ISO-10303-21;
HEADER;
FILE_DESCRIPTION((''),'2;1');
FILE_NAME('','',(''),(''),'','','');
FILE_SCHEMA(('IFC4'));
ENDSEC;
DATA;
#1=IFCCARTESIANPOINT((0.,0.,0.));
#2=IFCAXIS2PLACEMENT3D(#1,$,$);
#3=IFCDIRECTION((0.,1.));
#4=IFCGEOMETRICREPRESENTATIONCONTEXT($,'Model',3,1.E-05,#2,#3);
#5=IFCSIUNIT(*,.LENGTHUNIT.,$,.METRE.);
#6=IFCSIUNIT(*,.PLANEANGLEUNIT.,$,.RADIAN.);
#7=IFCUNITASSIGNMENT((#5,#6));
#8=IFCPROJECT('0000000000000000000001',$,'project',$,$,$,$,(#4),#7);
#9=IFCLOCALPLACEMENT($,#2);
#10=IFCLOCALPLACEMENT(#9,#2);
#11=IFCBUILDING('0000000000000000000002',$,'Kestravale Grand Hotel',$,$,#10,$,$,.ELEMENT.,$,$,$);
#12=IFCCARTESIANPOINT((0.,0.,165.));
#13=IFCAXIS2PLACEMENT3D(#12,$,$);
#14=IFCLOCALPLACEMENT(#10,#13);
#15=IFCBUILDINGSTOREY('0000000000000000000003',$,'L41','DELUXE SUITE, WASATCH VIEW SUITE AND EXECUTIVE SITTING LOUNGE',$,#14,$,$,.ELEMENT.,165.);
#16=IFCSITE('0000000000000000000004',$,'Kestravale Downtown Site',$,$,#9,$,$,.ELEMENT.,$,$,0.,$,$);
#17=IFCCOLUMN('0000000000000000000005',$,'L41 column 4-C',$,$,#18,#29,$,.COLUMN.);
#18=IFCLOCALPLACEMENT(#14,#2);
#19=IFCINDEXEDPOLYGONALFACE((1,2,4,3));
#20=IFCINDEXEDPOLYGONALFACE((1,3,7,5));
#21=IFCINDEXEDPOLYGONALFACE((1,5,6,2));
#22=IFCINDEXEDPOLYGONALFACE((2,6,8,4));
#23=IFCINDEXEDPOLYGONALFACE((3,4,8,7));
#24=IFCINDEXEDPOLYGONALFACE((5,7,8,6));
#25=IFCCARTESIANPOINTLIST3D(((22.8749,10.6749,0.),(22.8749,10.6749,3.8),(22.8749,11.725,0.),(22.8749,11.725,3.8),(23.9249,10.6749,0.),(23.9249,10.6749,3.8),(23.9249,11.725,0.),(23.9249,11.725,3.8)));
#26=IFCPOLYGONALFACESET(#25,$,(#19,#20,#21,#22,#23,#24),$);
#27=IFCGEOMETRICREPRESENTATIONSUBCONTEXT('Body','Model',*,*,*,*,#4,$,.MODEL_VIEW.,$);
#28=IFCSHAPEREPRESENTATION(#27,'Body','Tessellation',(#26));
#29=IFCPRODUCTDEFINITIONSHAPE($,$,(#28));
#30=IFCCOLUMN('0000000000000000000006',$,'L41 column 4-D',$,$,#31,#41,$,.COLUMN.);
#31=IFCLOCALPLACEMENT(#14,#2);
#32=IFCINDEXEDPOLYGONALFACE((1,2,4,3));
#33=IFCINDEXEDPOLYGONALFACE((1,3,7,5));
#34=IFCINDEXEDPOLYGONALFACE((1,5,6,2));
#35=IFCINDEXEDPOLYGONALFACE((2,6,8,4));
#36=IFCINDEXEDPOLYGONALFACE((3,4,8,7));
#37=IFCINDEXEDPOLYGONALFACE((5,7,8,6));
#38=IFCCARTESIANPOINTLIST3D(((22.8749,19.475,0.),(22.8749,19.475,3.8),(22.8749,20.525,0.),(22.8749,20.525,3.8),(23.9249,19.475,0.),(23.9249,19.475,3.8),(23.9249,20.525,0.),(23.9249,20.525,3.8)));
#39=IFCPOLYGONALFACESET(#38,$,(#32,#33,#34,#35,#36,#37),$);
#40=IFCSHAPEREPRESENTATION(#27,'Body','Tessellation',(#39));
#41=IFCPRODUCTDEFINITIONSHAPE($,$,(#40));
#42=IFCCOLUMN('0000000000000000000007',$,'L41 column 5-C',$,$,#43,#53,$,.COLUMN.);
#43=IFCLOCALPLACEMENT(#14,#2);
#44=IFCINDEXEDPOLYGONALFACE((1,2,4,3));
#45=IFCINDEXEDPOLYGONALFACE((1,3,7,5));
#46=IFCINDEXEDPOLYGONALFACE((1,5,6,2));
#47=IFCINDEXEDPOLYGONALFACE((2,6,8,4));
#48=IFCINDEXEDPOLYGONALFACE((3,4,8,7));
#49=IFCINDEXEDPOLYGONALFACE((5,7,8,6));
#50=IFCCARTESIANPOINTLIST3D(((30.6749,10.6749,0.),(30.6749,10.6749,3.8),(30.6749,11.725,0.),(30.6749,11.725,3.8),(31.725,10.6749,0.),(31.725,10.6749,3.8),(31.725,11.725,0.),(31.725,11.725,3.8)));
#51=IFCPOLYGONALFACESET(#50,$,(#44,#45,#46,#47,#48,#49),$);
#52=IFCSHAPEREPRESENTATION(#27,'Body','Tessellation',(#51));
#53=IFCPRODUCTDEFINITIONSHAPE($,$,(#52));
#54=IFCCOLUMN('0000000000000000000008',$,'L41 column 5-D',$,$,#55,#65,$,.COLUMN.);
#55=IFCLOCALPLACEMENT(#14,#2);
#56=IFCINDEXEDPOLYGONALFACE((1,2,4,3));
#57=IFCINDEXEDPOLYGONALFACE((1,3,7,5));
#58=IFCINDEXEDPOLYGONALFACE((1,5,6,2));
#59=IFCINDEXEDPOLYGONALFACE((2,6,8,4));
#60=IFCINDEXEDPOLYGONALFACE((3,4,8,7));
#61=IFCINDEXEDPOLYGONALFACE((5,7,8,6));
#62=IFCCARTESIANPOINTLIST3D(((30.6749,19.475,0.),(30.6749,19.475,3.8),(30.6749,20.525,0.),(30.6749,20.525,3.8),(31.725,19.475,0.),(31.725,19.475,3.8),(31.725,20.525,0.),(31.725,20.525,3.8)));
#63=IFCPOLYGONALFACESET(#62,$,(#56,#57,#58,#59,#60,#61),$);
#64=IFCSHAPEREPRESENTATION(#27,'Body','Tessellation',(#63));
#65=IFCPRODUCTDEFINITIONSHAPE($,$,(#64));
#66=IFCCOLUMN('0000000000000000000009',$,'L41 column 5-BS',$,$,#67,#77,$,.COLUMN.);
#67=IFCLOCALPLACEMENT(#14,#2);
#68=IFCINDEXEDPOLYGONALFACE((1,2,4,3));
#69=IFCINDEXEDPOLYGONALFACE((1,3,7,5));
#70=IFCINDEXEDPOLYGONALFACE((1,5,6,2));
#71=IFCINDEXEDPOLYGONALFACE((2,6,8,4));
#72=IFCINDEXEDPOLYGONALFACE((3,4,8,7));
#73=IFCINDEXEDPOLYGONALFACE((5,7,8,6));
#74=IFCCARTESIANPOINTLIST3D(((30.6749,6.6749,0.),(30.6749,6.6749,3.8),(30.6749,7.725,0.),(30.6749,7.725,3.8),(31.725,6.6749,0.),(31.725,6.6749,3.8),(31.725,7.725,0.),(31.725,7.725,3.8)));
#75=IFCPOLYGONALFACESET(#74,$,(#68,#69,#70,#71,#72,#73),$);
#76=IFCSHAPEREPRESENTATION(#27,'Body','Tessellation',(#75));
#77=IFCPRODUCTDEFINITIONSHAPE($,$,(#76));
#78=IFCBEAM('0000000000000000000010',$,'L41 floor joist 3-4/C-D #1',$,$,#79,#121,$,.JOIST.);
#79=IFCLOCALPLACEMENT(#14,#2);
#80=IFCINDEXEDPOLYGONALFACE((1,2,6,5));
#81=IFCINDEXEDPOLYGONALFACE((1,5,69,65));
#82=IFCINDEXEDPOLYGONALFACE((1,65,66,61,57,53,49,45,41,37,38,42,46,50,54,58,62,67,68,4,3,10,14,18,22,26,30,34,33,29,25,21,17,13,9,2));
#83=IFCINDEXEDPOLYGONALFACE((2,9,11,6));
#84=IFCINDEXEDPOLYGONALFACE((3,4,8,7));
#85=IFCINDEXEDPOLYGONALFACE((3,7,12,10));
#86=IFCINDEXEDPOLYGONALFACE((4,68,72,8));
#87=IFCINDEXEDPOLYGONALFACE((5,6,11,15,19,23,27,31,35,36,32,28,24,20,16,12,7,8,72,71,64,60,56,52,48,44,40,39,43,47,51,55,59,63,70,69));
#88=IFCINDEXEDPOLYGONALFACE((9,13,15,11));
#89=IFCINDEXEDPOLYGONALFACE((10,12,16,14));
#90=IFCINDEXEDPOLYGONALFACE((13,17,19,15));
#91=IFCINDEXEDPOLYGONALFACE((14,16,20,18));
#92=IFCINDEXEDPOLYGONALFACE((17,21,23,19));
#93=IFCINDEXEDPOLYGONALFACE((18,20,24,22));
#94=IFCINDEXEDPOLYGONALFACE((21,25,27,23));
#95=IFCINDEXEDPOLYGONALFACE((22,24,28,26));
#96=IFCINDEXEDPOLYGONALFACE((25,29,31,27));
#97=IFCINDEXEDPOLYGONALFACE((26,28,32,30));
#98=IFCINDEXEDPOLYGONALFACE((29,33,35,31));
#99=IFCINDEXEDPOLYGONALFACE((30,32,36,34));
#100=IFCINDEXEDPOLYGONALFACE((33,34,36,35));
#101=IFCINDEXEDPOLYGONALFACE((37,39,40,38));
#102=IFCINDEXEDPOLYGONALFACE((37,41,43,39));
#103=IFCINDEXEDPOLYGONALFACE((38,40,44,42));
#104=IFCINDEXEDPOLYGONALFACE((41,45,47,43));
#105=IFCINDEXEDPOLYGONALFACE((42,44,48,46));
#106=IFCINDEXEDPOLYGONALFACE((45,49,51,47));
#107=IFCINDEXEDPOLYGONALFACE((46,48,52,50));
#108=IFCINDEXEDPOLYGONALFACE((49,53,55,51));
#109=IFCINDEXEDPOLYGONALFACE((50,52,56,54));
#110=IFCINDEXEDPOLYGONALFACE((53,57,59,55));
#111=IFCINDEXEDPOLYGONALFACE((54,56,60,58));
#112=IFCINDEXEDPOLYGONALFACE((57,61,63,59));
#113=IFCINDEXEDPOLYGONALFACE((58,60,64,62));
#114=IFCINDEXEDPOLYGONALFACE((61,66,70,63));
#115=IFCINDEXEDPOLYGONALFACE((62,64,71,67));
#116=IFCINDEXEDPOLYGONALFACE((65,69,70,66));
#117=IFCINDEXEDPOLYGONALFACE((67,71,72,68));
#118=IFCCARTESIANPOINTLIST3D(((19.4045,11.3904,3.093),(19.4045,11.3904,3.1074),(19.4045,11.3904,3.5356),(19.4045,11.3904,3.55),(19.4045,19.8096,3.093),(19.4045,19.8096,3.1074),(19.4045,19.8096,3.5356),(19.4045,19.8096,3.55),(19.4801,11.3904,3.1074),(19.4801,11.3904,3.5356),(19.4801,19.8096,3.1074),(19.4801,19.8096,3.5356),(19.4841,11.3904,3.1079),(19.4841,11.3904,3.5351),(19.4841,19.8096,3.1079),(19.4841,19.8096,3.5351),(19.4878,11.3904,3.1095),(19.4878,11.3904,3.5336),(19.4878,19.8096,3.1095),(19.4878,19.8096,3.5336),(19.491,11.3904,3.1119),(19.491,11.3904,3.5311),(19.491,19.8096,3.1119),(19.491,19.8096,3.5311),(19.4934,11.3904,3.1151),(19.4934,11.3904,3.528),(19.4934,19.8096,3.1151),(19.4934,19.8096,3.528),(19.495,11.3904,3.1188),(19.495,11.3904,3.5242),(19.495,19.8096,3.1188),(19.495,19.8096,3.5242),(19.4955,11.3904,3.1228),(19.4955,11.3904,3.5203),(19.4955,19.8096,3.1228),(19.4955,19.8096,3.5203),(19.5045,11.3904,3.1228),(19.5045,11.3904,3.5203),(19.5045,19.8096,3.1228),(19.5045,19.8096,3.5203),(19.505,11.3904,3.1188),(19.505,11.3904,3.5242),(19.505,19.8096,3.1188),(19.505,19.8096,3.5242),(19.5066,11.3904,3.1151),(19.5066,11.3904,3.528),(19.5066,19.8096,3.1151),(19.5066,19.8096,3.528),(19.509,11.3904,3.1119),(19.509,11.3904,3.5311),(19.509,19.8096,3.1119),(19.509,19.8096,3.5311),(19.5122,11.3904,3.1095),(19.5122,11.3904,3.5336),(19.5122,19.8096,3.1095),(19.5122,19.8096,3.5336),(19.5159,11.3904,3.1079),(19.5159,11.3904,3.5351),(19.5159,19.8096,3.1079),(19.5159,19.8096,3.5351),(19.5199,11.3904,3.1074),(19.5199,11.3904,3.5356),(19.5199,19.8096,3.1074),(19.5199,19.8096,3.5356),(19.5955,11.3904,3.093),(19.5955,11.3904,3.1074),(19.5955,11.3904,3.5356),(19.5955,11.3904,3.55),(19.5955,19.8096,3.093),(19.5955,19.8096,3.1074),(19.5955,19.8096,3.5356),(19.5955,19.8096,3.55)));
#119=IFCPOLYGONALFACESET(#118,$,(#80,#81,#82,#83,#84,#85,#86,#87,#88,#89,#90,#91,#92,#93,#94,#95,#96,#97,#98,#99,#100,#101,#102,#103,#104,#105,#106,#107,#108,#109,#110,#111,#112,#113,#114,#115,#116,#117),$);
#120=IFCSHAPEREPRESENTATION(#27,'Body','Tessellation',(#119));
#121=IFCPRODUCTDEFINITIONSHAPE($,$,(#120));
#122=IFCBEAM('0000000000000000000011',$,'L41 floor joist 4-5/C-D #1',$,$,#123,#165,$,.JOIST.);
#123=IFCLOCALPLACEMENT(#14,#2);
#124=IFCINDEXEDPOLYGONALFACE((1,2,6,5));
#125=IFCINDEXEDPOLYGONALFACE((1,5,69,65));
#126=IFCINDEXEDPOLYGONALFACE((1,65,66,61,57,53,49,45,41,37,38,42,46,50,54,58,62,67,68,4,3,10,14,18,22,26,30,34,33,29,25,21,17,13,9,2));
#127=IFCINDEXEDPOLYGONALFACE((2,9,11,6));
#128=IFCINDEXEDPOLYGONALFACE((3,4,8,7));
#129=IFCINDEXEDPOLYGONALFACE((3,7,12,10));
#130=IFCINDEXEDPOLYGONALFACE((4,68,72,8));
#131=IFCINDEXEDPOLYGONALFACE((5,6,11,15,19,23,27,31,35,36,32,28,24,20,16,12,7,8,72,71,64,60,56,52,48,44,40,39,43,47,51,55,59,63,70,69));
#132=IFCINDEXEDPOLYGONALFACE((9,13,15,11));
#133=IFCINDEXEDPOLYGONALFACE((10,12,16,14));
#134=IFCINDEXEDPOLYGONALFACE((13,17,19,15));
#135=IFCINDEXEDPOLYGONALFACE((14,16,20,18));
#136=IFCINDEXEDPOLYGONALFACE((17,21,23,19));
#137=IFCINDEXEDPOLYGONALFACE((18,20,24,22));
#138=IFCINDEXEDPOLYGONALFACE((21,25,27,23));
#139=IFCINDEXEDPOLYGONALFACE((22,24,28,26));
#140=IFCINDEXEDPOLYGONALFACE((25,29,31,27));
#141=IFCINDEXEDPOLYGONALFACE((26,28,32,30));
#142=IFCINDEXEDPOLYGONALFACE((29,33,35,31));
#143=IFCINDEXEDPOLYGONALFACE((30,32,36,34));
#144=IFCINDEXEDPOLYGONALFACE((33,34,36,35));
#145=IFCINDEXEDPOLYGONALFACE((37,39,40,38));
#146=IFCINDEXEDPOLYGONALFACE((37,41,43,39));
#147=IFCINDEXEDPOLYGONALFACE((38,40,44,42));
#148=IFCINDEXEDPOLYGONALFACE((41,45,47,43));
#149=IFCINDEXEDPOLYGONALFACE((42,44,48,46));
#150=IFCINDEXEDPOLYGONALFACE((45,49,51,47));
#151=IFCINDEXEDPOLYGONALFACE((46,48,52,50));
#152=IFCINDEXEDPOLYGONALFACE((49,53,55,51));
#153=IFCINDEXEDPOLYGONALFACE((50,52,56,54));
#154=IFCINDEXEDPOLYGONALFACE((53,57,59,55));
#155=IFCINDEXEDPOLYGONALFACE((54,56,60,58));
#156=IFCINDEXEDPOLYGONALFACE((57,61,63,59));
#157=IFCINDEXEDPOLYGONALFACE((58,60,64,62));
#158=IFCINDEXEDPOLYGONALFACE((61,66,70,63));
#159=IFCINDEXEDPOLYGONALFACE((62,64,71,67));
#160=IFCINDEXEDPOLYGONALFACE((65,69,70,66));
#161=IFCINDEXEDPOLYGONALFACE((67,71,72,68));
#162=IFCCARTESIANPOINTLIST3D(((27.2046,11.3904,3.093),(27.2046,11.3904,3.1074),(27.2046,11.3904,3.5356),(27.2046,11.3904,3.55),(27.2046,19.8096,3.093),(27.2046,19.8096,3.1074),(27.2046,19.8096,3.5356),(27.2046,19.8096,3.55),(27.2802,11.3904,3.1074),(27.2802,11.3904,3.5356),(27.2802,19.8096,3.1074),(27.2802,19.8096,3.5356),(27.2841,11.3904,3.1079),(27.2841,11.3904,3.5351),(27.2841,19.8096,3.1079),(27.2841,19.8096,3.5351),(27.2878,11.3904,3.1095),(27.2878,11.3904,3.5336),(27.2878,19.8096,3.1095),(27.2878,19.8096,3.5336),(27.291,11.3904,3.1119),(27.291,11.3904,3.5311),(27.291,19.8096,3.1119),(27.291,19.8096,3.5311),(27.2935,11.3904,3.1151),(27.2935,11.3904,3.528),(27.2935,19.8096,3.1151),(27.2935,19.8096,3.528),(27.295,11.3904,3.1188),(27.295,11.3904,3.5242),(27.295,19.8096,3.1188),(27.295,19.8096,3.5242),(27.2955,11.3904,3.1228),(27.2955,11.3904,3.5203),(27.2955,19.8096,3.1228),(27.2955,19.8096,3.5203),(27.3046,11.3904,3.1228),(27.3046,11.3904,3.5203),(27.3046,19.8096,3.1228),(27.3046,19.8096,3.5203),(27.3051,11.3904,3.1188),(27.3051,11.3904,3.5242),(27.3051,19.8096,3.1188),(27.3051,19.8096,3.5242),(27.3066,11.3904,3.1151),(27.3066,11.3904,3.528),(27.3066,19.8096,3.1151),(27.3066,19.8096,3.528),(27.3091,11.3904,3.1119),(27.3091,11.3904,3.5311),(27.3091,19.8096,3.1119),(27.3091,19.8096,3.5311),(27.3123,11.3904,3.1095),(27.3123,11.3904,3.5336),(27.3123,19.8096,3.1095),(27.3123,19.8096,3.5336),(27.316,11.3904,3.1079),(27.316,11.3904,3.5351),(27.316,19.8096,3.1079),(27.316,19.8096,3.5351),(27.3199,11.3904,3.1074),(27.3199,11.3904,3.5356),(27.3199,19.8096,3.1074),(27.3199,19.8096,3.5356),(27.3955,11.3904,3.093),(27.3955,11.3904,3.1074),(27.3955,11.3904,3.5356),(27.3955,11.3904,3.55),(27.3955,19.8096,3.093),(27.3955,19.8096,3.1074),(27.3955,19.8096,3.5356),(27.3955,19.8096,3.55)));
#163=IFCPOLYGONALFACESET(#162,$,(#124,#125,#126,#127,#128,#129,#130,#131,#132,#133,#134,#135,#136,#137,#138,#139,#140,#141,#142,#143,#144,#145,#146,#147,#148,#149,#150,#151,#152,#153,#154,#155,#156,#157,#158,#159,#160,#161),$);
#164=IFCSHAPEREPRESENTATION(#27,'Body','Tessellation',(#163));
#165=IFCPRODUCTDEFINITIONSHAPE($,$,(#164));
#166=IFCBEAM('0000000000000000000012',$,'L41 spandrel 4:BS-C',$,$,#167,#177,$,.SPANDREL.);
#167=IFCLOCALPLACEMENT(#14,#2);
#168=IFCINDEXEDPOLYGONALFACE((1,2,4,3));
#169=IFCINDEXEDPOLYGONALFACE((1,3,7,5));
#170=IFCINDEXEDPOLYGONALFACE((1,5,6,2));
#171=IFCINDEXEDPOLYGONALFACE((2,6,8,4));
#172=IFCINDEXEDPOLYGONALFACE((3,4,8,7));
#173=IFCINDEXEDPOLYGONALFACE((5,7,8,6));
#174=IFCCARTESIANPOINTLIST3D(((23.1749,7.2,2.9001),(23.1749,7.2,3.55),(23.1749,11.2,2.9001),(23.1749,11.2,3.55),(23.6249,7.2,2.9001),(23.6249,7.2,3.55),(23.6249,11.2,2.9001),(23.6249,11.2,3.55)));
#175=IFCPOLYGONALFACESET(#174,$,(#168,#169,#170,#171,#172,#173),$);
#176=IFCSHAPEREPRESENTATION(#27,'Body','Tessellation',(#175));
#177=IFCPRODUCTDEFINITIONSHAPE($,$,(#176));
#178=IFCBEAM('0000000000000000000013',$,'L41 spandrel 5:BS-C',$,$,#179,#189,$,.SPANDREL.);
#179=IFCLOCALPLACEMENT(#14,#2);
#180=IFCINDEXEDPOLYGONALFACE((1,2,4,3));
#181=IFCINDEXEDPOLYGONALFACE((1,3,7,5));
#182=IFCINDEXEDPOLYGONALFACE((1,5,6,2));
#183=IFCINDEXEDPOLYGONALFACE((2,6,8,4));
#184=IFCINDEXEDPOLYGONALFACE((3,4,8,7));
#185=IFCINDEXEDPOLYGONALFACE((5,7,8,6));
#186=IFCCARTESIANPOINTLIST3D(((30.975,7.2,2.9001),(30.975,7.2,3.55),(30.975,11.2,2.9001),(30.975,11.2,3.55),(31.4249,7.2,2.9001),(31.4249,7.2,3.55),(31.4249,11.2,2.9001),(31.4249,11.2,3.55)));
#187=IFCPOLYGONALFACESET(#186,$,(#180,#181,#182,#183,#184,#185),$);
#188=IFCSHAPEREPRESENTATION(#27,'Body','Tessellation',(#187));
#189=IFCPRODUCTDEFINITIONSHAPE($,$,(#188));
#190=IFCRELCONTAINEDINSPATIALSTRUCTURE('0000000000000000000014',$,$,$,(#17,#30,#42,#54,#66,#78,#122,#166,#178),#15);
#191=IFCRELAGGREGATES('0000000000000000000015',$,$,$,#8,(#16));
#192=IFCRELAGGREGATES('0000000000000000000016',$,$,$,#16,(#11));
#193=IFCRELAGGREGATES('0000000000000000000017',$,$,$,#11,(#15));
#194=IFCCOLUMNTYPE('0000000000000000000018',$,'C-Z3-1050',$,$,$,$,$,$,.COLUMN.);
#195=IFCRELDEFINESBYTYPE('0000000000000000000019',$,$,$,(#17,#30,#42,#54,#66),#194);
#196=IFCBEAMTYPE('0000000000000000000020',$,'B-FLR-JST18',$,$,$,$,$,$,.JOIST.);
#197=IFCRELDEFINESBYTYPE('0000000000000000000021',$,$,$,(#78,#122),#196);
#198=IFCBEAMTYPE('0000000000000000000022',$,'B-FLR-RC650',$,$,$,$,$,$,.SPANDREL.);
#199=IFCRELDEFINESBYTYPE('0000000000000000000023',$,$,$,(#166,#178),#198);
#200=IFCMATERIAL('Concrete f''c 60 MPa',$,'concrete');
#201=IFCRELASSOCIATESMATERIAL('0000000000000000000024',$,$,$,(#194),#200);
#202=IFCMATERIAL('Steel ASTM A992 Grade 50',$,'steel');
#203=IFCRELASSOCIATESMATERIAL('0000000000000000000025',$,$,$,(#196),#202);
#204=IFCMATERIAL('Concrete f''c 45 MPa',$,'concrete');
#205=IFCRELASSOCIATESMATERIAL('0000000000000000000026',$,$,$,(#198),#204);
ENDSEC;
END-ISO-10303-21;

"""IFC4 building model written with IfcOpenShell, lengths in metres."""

from ifc_helpers import new_model, si_unit, direction, frame, origin, origin_2d, place, context, subcontext, project, spatial, rectangle, i_section, extrude, material, material_profile, profile_set, type_object, element, save


model = new_model("IFC4")

# Units and contexts
model_context = context("Model", 3, precision=1e-05, world=origin(), true_north=direction((0.0, 1.0)))
body_context = subcontext(model_context, "Body", "Model", "MODEL_VIEW")
ifc_project = project(units=[si_unit("LENGTHUNIT", "METRE"), si_unit("PLANEANGLEUNIT", "RADIAN")], contexts=[model_context])

# Site, building, storey
site_placement = place(None, origin())
site = spatial("IfcSite", under=ifc_project, at=site_placement, Name="Kestravale Downtown Site", CompositionType="ELEMENT", RefElevation=0.0)
building_placement = place(site_placement, origin())
building = spatial("IfcBuilding", under=site, at=building_placement, Name="Kestravale Grand Hotel", CompositionType="ELEMENT")
storey_placement = place(building_placement, frame((0.0, 0.0, 165.0)))
storey = spatial("IfcBuildingStorey", under=building, at=storey_placement, Name="L41", Description="DELUXE SUITE, WASATCH VIEW SUITE AND EXECUTIVE SITTING LOUNGE", CompositionType="ELEMENT", Elevation=165.0)

# Columns
ifc_material_1 = material(Name="Concrete f'c 60 MPa", Category="concrete")
ifc_material_profile_1 = material_profile(ifc_material_1, rectangle(XDim=1.05, YDim=1.05, at=origin_2d()))
ifc_profile_set_1 = profile_set([ifc_material_profile_1], Name="Concrete f'c 60 MPa")
column_type = type_object("IfcColumnType", Name="C-Z3-1050", PredefinedType="COLUMN", material=ifc_profile_set_1)
for number, where, z_axis, x_axis, name in (
    (1, (23.3999, 11.2, 0.0), (0.0, 0.0, 1.0), (1.0, 0.0, 0.0), "L41 column 4-C"),
    (2, (23.3999, 20.0, 0.0), (0.0, 0.0, 1.0), (1.0, 0.0, 0.0), "L41 column 4-D"),
    (3, (31.2, 11.2, 0.0), (0.0, 0.0, 1.0), (1.0, 0.0, 0.0), "L41 column 5-C"),
    (4, (31.2, 20.0, 0.0), (0.0, 0.0, 1.0), (1.0, 0.0, 0.0), "L41 column 5-D"),
    (5, (31.2, 7.2, 0.0), (0.0, 0.0, 1.0), (1.0, 0.0, 0.0), "L41 column 5-BS"),
):
    element("IfcColumn", number, at=place(storey_placement, frame(where, z_axis=z_axis, x_axis=x_axis)), inside=storey, type_object=column_type, Name=name, PredefinedType="COLUMN", context=body_context, shape_type="SweptSolid", body=[
        extrude(rectangle(XDim=1.05, YDim=1.05, at=origin_2d()), origin(), (0.0, 0.0, 1.0), 3.8),
    ])

# Beams
ifc_material_2 = material(Name="Steel ASTM A992 Grade 50", Category="steel")
ifc_material_profile_2 = material_profile(ifc_material_2, i_section(OverallWidth=0.1909, OverallDepth=0.457, WebThickness=0.009, FlangeThickness=0.0144, FilletRadius=0.0154, at=origin_2d()))
ifc_profile_set_2 = profile_set([ifc_material_profile_2], Name="Steel ASTM A992 Grade 50")
beam_type_1 = type_object("IfcBeamType", Name="B-FLR-JST18", PredefinedType="JOIST", material=ifc_profile_set_2)
for number, where, z_axis, x_axis, name in (
    (6, (19.5, 11.3904, 3.3215), (0.0, 1.0, 0.0), (-1.0, 0.0, 0.0), "L41 floor joist 3-4/C-D #1"),
    (7, (27.3, 11.3904, 3.3215), (0.0, 1.0, 0.0), (-1.0, 0.0, 0.0), "L41 floor joist 4-5/C-D #1"),
):
    element("IfcBeam", number, at=place(storey_placement, frame(where, z_axis=z_axis, x_axis=x_axis)), inside=storey, type_object=beam_type_1, Name=name, PredefinedType="JOIST", context=body_context, shape_type="SweptSolid", body=[
        extrude(i_section(OverallWidth=0.1909, OverallDepth=0.457, WebThickness=0.009, FlangeThickness=0.0144, FilletRadius=0.0154, at=origin_2d()), origin(), (0.0, 0.0, 1.0), 8.4192),
    ])
ifc_material_3 = material(Name="Concrete f'c 45 MPa", Category="concrete")
ifc_material_profile_3 = material_profile(ifc_material_3, rectangle(XDim=0.45, YDim=0.6499, at=origin_2d()))
ifc_profile_set_3 = profile_set([ifc_material_profile_3], Name="Concrete f'c 45 MPa")
beam_type_2 = type_object("IfcBeamType", Name="B-FLR-RC650", PredefinedType="SPANDREL", material=ifc_profile_set_3)
for number, where, z_axis, x_axis, name in (
    (8, (23.3999, 7.2, 3.2251), (0.0, 1.0, 0.0), (-1.0, 0.0, 0.0), "L41 spandrel 4:BS-C"),
    (9, (31.2, 7.2, 3.2251), (0.0, 1.0, 0.0), (-1.0, 0.0, 0.0), "L41 spandrel 5:BS-C"),
):
    element("IfcBeam", number, at=place(storey_placement, frame(where, z_axis=z_axis, x_axis=x_axis)), inside=storey, type_object=beam_type_2, Name=name, PredefinedType="SPANDREL", context=body_context, shape_type="SweptSolid", body=[
        extrude(rectangle(XDim=0.45, YDim=0.6499, at=origin_2d()), origin(), (0.0, 0.0, 1.0), 4.0),
    ])

save(model, "model.ifc")
